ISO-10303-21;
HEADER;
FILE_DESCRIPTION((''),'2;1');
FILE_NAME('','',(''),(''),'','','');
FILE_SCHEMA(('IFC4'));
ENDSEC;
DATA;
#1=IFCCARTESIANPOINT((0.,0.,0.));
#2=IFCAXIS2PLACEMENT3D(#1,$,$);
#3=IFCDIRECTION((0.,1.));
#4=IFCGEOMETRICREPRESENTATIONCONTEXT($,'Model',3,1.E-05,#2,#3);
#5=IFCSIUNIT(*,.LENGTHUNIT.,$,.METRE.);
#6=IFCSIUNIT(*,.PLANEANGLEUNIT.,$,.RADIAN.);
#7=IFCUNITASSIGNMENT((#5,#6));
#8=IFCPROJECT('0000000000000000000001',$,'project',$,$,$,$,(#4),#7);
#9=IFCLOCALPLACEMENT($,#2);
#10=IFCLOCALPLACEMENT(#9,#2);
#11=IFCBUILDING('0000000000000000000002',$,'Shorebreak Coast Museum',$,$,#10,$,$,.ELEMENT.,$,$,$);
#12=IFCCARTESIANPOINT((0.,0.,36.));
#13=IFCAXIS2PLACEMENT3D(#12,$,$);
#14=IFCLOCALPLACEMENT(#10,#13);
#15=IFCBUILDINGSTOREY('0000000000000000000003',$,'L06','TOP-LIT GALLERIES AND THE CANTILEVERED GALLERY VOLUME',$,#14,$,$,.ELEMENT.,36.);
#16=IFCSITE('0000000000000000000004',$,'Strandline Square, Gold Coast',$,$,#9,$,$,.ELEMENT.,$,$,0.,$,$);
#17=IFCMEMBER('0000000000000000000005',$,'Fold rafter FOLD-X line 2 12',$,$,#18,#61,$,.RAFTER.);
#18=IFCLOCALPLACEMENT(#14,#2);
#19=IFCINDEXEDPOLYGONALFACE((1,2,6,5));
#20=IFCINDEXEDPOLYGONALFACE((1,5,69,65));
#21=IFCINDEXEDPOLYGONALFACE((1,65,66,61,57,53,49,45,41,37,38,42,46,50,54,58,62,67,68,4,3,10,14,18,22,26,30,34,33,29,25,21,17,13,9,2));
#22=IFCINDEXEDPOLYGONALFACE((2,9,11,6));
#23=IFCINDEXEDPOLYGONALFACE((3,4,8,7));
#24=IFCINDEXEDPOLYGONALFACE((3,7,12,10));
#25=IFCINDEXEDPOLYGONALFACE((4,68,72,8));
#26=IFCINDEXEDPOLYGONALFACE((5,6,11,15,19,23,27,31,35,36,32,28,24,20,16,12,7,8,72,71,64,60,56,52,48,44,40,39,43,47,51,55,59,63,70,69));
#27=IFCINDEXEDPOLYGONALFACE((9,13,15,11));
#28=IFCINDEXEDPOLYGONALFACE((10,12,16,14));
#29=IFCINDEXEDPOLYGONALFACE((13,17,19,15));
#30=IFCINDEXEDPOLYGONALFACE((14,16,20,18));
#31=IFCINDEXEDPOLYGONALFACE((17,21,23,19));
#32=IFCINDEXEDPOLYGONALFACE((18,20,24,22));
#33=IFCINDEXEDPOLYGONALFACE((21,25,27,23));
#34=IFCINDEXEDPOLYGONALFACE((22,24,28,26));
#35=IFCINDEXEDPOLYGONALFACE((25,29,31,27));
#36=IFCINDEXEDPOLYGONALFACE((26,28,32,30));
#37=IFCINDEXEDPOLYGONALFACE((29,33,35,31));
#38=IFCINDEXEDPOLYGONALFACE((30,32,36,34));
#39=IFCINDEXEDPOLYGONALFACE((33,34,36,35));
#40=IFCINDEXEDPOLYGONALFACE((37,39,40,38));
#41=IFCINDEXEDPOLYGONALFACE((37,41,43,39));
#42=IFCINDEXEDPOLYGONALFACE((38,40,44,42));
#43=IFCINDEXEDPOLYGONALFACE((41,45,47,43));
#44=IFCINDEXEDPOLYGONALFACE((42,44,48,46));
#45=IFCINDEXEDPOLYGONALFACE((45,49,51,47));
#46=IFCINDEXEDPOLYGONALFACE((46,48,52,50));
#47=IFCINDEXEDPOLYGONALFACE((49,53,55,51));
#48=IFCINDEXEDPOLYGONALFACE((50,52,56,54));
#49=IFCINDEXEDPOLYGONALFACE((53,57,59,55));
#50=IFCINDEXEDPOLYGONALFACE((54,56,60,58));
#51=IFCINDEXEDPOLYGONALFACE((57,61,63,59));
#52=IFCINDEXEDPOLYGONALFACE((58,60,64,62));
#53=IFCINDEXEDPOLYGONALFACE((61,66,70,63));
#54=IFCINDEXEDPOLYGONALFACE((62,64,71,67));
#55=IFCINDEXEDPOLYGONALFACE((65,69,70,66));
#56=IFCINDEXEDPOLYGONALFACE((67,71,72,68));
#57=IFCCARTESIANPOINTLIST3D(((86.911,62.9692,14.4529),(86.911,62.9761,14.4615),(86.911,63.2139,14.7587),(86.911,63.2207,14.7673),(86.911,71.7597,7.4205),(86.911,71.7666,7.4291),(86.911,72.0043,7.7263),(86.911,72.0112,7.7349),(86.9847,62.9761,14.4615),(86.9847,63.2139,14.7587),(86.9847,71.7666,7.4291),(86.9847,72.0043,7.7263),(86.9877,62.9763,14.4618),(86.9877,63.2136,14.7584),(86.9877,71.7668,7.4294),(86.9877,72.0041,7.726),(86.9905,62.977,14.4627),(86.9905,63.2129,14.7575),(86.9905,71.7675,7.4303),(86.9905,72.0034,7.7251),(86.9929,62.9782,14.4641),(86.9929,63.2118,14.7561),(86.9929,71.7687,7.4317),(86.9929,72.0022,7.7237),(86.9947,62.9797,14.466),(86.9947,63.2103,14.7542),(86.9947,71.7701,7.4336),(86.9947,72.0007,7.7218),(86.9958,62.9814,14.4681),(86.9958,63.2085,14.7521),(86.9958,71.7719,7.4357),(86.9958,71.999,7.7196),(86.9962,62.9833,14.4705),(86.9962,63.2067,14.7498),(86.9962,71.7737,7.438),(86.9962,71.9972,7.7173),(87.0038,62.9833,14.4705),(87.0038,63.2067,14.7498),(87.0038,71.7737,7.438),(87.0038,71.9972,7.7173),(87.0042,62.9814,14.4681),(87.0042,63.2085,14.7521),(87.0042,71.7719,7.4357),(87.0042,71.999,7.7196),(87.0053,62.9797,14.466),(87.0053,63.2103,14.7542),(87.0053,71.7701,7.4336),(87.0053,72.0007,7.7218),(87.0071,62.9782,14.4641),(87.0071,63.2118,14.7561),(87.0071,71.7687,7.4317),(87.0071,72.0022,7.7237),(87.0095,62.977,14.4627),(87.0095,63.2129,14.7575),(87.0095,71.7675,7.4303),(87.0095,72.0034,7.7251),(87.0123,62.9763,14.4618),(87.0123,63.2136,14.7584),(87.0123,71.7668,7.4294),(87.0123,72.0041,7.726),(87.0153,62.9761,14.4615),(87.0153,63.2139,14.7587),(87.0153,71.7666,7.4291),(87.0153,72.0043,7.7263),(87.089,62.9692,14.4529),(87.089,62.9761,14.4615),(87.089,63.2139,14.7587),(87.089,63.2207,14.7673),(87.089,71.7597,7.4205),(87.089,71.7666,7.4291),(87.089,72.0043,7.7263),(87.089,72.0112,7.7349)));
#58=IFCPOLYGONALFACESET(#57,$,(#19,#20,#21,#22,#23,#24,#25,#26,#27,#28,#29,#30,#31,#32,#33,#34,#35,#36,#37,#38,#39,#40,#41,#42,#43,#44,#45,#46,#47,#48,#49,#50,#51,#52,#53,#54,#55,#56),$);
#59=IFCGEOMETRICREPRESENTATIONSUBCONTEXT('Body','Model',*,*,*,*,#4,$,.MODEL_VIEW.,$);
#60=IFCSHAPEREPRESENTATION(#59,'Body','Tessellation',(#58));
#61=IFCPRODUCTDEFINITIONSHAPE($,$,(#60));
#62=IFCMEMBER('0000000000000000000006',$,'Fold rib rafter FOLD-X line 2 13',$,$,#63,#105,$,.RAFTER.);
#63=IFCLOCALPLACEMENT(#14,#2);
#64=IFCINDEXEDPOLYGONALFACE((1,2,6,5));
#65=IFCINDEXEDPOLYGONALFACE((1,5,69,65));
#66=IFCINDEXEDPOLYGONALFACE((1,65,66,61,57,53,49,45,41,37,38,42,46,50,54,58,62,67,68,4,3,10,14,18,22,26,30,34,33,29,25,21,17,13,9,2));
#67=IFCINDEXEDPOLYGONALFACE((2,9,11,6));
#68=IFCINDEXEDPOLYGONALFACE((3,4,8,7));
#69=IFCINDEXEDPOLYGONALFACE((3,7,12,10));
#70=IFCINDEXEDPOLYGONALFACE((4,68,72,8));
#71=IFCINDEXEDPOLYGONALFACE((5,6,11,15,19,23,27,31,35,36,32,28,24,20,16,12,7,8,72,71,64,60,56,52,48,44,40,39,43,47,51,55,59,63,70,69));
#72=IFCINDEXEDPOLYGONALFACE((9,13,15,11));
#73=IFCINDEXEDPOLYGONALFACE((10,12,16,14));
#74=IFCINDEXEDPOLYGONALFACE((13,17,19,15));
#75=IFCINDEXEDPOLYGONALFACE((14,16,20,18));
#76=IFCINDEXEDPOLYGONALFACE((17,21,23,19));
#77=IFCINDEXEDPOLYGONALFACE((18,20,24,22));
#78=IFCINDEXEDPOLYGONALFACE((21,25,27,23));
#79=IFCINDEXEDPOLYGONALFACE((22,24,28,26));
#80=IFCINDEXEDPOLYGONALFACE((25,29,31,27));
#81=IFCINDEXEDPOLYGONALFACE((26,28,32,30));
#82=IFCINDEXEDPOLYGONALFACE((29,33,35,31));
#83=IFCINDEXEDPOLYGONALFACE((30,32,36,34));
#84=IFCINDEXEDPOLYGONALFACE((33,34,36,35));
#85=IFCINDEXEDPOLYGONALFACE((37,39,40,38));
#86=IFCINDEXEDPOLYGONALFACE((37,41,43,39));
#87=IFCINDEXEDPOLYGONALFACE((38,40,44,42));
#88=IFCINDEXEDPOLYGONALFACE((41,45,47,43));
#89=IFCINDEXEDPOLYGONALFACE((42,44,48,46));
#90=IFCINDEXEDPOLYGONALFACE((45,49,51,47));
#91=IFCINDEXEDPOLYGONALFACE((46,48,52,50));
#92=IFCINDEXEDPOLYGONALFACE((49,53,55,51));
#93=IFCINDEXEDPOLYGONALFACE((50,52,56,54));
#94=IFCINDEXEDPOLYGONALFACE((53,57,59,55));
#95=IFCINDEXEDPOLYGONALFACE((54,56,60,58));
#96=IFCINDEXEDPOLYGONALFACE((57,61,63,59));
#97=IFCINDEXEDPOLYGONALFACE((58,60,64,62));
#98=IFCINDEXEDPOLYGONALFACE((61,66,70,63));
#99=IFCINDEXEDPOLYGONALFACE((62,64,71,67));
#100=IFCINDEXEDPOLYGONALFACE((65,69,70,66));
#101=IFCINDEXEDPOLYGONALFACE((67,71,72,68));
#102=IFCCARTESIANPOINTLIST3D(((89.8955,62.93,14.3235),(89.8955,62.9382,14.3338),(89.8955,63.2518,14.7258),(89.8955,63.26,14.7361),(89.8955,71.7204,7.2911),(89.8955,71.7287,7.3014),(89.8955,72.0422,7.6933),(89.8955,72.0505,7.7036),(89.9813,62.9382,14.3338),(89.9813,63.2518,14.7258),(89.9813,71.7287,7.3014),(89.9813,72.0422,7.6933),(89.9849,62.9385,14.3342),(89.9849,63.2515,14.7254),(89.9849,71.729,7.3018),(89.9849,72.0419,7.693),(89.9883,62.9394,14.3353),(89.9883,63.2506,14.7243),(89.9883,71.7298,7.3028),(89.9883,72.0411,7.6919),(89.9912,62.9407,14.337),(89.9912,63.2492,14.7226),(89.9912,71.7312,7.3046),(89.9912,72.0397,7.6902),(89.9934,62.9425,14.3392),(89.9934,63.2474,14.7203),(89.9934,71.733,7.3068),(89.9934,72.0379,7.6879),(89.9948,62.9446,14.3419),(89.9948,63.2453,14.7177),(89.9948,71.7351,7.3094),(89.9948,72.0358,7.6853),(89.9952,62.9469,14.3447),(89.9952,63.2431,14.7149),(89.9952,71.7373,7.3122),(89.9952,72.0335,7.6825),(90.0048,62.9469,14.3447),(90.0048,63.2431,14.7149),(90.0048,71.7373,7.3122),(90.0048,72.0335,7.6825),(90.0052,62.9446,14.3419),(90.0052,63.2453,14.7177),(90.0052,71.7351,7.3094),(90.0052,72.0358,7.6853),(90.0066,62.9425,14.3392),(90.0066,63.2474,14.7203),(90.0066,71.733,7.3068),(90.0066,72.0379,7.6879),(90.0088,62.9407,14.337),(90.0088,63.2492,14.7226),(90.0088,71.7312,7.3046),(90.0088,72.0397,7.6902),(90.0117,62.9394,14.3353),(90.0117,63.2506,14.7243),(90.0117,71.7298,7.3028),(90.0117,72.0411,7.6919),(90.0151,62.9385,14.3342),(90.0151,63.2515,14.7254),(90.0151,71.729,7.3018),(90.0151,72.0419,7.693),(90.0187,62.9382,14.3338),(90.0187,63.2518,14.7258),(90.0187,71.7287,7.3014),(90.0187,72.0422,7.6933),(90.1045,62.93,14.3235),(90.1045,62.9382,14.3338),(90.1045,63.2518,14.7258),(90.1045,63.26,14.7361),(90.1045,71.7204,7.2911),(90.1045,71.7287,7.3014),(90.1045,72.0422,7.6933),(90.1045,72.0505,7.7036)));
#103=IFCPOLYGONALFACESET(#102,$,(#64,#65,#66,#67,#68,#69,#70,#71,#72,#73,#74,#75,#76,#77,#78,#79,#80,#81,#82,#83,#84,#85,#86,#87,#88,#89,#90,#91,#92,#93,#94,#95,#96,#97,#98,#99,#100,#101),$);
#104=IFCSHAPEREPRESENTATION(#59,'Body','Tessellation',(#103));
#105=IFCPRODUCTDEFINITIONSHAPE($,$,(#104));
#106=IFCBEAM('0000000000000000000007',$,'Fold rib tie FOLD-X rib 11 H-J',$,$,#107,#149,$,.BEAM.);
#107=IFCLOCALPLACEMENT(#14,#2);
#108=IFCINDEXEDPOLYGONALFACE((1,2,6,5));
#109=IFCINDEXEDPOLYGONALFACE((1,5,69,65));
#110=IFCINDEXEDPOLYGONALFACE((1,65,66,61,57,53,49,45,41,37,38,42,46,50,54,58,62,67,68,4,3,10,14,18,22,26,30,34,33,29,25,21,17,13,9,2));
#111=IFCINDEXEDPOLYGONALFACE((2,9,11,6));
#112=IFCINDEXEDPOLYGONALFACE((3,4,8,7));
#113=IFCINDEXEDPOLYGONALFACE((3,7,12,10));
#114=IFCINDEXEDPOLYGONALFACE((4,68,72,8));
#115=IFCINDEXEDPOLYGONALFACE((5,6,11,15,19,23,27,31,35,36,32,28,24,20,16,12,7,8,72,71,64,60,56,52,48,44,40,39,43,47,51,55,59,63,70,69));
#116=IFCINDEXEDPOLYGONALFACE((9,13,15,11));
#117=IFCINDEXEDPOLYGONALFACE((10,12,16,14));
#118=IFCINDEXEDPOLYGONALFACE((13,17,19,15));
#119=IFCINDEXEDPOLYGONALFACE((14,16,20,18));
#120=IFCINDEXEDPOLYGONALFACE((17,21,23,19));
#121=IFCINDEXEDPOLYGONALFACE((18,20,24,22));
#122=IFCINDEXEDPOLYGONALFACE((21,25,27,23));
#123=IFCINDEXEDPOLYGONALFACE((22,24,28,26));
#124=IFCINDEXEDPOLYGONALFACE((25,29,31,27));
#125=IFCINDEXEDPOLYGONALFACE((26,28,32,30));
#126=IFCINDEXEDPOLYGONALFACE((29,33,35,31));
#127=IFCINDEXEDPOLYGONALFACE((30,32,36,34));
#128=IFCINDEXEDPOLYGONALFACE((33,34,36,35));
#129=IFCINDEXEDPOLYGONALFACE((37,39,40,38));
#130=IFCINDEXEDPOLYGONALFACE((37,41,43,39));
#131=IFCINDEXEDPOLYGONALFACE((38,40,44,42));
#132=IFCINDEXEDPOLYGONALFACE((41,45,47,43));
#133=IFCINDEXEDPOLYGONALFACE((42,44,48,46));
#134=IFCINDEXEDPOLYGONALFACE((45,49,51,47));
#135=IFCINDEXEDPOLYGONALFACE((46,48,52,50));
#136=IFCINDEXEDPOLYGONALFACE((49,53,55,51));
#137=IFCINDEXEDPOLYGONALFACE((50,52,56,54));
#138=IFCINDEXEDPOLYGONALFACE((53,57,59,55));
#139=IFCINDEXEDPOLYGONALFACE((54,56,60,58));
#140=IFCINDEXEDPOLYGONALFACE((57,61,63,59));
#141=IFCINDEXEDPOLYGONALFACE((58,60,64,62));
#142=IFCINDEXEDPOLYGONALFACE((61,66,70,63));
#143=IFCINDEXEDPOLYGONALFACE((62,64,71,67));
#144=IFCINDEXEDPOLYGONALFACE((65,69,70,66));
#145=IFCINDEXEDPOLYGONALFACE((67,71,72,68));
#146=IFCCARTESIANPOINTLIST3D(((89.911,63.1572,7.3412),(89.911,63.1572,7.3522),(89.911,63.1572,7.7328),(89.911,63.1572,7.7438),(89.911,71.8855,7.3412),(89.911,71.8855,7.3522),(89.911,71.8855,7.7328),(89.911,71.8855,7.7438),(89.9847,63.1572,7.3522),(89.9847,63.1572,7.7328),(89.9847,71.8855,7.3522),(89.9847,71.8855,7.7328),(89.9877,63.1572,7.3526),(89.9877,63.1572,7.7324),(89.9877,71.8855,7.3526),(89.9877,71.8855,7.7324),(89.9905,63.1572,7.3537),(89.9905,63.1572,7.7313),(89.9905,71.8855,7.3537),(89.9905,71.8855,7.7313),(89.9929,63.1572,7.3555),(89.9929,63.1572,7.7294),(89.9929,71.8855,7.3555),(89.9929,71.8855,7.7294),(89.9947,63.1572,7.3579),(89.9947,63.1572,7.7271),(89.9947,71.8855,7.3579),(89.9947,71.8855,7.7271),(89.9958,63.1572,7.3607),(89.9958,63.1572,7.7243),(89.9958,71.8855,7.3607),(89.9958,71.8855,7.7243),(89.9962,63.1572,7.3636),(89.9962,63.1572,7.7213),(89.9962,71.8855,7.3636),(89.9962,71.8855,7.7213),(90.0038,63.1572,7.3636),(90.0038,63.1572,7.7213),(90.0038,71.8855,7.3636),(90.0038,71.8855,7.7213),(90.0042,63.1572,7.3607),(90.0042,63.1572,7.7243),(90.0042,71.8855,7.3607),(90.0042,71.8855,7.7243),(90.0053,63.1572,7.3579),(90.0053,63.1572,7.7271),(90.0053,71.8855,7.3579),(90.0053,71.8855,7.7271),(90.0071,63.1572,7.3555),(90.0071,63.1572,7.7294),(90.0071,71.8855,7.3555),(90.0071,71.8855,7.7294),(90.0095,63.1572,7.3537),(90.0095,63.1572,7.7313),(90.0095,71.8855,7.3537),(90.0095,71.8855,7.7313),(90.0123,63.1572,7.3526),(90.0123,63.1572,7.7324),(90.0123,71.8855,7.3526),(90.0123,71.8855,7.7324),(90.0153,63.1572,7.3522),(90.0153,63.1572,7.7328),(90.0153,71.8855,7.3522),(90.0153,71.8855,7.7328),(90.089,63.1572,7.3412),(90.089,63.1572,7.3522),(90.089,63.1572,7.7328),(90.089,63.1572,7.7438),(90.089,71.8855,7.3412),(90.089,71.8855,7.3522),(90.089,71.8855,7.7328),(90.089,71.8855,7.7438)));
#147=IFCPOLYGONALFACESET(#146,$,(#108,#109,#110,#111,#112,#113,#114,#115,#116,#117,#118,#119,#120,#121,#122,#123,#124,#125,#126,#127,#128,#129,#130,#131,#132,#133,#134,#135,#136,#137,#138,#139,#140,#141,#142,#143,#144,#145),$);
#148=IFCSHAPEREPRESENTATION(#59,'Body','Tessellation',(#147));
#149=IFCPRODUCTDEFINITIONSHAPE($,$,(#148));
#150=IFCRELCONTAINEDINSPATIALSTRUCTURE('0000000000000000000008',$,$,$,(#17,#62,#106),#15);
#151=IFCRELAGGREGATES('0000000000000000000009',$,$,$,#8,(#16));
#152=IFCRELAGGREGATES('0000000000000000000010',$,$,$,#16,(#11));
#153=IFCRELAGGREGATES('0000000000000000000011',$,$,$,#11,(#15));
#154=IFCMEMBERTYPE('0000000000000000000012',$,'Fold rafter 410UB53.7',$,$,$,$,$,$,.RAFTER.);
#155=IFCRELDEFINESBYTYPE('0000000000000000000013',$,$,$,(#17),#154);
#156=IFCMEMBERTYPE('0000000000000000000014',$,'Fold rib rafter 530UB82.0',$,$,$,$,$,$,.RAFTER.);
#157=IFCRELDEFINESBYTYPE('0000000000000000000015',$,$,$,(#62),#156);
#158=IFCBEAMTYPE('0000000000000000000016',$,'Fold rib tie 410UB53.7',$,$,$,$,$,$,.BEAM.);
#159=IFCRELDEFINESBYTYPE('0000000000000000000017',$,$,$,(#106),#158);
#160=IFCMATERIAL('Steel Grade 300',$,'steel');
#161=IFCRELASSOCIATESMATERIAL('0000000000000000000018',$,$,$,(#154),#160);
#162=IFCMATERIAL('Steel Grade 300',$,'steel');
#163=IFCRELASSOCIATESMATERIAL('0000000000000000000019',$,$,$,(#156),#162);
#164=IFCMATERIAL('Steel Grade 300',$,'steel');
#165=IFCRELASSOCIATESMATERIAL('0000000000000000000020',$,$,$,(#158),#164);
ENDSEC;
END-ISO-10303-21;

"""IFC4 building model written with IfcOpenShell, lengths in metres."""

from ifc_helpers import new_model, si_unit, direction, frame, origin, origin_2d, place, context, subcontext, project, spatial, i_section, extrude, material, material_profile, profile_set, type_object, element, save


model = new_model("IFC4")

# Units and contexts
model_context = context("Model", 3, precision=1e-05, world=origin(), true_north=direction((0.0, 1.0)))
body_context = subcontext(model_context, "Body", "Model", "MODEL_VIEW")
ifc_project = project(units=[si_unit("LENGTHUNIT", "METRE"), si_unit("PLANEANGLEUNIT", "RADIAN")], contexts=[model_context])

# Site, building, storey
site_placement = place(None, origin())
site = spatial("IfcSite", under=ifc_project, at=site_placement, Name="Strandline Square, Gold Coast", CompositionType="ELEMENT", RefElevation=0.0)
building_placement = place(site_placement, origin())
building = spatial("IfcBuilding", under=site, at=building_placement, Name="Shorebreak Coast Museum", CompositionType="ELEMENT")
storey_placement = place(building_placement, frame((0.0, 0.0, 36.0)))
storey = spatial("IfcBuildingStorey", under=building, at=storey_placement, Name="L06", Description="TOP-LIT GALLERIES AND THE CANTILEVERED GALLERY VOLUME", CompositionType="ELEMENT", Elevation=36.0)

# Members
ifc_material_1 = material(Name="Steel Grade 300", Category="steel")
ifc_material_profile_1 = material_profile(ifc_material_1, i_section(OverallWidth=0.178, OverallDepth=0.4026, WebThickness=0.0076, FlangeThickness=0.011, FilletRadius=0.0115, at=origin_2d()), Name="410UB53.7")
ifc_profile_set_1 = profile_set([ifc_material_profile_1], Name="Steel Grade 300")
member_type_1 = type_object("IfcMemberType", Name="Fold rafter 410UB53.7", PredefinedType="RAFTER", material=ifc_profile_set_1)
member_1_placement = place(storey_placement, frame((87.0, 63.095, 14.6101), z_axis=(0.0, 0.780867, -0.624698), x_axis=(-1.0, 0.0, 0.0)))
element("IfcMember", 1, at=member_1_placement, inside=storey, type_object=member_type_1, Name="Fold rafter FOLD-X line 2 12", PredefinedType="RAFTER", context=body_context, shape_type="SweptSolid", body=[
    extrude(i_section(OverallWidth=0.178, OverallDepth=0.4026, WebThickness=0.0076, FlangeThickness=0.011, FilletRadius=0.0115, at=origin_2d()), origin(), (0.0, 0.0, 1.0), 11.2573),
])
ifc_material_2 = material(Name="Steel Grade 300", Category="steel")
ifc_material_profile_2 = material_profile(ifc_material_2, i_section(OverallWidth=0.209, OverallDepth=0.5283, WebThickness=0.0095, FlangeThickness=0.0132, FilletRadius=0.0139, at=origin_2d()), Name="530UB82.0")
ifc_profile_set_2 = profile_set([ifc_material_profile_2], Name="Steel Grade 300")
member_type_2 = type_object("IfcMemberType", Name="Fold rib rafter 530UB82.0", PredefinedType="RAFTER", material=ifc_profile_set_2)
member_2_placement = place(storey_placement, frame((90.0, 63.095, 14.5298), z_axis=(0.0, 0.780867, -0.624698), x_axis=(-1.0, 0.0, 0.0)))
element("IfcMember", 2, at=member_2_placement, inside=storey, type_object=member_type_2, Name="Fold rib rafter FOLD-X line 2 13", PredefinedType="RAFTER", context=body_context, shape_type="SweptSolid", body=[
    extrude(i_section(OverallWidth=0.209, OverallDepth=0.5283, WebThickness=0.0095, FlangeThickness=0.0132, FilletRadius=0.0139, at=origin_2d()), origin(), (0.0, 0.0, 1.0), 11.2573),
])

# Beam
ifc_material_3 = material(Name="Steel Grade 300", Category="steel")
ifc_material_profile_3 = material_profile(ifc_material_3, i_section(OverallWidth=0.178, OverallDepth=0.4026, WebThickness=0.0076, FlangeThickness=0.011, FilletRadius=0.0115, at=origin_2d()), Name="410UB53.7")
ifc_profile_set_3 = profile_set([ifc_material_profile_3], Name="Steel Grade 300")
beam_type_1 = type_object("IfcBeamType", Name="Fold rib tie 410UB53.7", PredefinedType="BEAM", material=ifc_profile_set_3)
beam_1_placement = place(storey_placement, frame((90.0, 63.1572, 7.5425), z_axis=(0.0, 1.0, 0.0), x_axis=(-1.0, 0.0, 0.0)))
element("IfcBeam", 3, at=beam_1_placement, inside=storey, type_object=beam_type_1, Name="Fold rib tie FOLD-X rib 11 H-J", PredefinedType="BEAM", context=body_context, shape_type="SweptSolid", body=[
    extrude(i_section(OverallWidth=0.178, OverallDepth=0.4026, WebThickness=0.0076, FlangeThickness=0.011, FilletRadius=0.0115, at=origin_2d()), origin(), (0.0, 0.0, 1.0), 8.7283),
])

save(model, "model.ifc")
